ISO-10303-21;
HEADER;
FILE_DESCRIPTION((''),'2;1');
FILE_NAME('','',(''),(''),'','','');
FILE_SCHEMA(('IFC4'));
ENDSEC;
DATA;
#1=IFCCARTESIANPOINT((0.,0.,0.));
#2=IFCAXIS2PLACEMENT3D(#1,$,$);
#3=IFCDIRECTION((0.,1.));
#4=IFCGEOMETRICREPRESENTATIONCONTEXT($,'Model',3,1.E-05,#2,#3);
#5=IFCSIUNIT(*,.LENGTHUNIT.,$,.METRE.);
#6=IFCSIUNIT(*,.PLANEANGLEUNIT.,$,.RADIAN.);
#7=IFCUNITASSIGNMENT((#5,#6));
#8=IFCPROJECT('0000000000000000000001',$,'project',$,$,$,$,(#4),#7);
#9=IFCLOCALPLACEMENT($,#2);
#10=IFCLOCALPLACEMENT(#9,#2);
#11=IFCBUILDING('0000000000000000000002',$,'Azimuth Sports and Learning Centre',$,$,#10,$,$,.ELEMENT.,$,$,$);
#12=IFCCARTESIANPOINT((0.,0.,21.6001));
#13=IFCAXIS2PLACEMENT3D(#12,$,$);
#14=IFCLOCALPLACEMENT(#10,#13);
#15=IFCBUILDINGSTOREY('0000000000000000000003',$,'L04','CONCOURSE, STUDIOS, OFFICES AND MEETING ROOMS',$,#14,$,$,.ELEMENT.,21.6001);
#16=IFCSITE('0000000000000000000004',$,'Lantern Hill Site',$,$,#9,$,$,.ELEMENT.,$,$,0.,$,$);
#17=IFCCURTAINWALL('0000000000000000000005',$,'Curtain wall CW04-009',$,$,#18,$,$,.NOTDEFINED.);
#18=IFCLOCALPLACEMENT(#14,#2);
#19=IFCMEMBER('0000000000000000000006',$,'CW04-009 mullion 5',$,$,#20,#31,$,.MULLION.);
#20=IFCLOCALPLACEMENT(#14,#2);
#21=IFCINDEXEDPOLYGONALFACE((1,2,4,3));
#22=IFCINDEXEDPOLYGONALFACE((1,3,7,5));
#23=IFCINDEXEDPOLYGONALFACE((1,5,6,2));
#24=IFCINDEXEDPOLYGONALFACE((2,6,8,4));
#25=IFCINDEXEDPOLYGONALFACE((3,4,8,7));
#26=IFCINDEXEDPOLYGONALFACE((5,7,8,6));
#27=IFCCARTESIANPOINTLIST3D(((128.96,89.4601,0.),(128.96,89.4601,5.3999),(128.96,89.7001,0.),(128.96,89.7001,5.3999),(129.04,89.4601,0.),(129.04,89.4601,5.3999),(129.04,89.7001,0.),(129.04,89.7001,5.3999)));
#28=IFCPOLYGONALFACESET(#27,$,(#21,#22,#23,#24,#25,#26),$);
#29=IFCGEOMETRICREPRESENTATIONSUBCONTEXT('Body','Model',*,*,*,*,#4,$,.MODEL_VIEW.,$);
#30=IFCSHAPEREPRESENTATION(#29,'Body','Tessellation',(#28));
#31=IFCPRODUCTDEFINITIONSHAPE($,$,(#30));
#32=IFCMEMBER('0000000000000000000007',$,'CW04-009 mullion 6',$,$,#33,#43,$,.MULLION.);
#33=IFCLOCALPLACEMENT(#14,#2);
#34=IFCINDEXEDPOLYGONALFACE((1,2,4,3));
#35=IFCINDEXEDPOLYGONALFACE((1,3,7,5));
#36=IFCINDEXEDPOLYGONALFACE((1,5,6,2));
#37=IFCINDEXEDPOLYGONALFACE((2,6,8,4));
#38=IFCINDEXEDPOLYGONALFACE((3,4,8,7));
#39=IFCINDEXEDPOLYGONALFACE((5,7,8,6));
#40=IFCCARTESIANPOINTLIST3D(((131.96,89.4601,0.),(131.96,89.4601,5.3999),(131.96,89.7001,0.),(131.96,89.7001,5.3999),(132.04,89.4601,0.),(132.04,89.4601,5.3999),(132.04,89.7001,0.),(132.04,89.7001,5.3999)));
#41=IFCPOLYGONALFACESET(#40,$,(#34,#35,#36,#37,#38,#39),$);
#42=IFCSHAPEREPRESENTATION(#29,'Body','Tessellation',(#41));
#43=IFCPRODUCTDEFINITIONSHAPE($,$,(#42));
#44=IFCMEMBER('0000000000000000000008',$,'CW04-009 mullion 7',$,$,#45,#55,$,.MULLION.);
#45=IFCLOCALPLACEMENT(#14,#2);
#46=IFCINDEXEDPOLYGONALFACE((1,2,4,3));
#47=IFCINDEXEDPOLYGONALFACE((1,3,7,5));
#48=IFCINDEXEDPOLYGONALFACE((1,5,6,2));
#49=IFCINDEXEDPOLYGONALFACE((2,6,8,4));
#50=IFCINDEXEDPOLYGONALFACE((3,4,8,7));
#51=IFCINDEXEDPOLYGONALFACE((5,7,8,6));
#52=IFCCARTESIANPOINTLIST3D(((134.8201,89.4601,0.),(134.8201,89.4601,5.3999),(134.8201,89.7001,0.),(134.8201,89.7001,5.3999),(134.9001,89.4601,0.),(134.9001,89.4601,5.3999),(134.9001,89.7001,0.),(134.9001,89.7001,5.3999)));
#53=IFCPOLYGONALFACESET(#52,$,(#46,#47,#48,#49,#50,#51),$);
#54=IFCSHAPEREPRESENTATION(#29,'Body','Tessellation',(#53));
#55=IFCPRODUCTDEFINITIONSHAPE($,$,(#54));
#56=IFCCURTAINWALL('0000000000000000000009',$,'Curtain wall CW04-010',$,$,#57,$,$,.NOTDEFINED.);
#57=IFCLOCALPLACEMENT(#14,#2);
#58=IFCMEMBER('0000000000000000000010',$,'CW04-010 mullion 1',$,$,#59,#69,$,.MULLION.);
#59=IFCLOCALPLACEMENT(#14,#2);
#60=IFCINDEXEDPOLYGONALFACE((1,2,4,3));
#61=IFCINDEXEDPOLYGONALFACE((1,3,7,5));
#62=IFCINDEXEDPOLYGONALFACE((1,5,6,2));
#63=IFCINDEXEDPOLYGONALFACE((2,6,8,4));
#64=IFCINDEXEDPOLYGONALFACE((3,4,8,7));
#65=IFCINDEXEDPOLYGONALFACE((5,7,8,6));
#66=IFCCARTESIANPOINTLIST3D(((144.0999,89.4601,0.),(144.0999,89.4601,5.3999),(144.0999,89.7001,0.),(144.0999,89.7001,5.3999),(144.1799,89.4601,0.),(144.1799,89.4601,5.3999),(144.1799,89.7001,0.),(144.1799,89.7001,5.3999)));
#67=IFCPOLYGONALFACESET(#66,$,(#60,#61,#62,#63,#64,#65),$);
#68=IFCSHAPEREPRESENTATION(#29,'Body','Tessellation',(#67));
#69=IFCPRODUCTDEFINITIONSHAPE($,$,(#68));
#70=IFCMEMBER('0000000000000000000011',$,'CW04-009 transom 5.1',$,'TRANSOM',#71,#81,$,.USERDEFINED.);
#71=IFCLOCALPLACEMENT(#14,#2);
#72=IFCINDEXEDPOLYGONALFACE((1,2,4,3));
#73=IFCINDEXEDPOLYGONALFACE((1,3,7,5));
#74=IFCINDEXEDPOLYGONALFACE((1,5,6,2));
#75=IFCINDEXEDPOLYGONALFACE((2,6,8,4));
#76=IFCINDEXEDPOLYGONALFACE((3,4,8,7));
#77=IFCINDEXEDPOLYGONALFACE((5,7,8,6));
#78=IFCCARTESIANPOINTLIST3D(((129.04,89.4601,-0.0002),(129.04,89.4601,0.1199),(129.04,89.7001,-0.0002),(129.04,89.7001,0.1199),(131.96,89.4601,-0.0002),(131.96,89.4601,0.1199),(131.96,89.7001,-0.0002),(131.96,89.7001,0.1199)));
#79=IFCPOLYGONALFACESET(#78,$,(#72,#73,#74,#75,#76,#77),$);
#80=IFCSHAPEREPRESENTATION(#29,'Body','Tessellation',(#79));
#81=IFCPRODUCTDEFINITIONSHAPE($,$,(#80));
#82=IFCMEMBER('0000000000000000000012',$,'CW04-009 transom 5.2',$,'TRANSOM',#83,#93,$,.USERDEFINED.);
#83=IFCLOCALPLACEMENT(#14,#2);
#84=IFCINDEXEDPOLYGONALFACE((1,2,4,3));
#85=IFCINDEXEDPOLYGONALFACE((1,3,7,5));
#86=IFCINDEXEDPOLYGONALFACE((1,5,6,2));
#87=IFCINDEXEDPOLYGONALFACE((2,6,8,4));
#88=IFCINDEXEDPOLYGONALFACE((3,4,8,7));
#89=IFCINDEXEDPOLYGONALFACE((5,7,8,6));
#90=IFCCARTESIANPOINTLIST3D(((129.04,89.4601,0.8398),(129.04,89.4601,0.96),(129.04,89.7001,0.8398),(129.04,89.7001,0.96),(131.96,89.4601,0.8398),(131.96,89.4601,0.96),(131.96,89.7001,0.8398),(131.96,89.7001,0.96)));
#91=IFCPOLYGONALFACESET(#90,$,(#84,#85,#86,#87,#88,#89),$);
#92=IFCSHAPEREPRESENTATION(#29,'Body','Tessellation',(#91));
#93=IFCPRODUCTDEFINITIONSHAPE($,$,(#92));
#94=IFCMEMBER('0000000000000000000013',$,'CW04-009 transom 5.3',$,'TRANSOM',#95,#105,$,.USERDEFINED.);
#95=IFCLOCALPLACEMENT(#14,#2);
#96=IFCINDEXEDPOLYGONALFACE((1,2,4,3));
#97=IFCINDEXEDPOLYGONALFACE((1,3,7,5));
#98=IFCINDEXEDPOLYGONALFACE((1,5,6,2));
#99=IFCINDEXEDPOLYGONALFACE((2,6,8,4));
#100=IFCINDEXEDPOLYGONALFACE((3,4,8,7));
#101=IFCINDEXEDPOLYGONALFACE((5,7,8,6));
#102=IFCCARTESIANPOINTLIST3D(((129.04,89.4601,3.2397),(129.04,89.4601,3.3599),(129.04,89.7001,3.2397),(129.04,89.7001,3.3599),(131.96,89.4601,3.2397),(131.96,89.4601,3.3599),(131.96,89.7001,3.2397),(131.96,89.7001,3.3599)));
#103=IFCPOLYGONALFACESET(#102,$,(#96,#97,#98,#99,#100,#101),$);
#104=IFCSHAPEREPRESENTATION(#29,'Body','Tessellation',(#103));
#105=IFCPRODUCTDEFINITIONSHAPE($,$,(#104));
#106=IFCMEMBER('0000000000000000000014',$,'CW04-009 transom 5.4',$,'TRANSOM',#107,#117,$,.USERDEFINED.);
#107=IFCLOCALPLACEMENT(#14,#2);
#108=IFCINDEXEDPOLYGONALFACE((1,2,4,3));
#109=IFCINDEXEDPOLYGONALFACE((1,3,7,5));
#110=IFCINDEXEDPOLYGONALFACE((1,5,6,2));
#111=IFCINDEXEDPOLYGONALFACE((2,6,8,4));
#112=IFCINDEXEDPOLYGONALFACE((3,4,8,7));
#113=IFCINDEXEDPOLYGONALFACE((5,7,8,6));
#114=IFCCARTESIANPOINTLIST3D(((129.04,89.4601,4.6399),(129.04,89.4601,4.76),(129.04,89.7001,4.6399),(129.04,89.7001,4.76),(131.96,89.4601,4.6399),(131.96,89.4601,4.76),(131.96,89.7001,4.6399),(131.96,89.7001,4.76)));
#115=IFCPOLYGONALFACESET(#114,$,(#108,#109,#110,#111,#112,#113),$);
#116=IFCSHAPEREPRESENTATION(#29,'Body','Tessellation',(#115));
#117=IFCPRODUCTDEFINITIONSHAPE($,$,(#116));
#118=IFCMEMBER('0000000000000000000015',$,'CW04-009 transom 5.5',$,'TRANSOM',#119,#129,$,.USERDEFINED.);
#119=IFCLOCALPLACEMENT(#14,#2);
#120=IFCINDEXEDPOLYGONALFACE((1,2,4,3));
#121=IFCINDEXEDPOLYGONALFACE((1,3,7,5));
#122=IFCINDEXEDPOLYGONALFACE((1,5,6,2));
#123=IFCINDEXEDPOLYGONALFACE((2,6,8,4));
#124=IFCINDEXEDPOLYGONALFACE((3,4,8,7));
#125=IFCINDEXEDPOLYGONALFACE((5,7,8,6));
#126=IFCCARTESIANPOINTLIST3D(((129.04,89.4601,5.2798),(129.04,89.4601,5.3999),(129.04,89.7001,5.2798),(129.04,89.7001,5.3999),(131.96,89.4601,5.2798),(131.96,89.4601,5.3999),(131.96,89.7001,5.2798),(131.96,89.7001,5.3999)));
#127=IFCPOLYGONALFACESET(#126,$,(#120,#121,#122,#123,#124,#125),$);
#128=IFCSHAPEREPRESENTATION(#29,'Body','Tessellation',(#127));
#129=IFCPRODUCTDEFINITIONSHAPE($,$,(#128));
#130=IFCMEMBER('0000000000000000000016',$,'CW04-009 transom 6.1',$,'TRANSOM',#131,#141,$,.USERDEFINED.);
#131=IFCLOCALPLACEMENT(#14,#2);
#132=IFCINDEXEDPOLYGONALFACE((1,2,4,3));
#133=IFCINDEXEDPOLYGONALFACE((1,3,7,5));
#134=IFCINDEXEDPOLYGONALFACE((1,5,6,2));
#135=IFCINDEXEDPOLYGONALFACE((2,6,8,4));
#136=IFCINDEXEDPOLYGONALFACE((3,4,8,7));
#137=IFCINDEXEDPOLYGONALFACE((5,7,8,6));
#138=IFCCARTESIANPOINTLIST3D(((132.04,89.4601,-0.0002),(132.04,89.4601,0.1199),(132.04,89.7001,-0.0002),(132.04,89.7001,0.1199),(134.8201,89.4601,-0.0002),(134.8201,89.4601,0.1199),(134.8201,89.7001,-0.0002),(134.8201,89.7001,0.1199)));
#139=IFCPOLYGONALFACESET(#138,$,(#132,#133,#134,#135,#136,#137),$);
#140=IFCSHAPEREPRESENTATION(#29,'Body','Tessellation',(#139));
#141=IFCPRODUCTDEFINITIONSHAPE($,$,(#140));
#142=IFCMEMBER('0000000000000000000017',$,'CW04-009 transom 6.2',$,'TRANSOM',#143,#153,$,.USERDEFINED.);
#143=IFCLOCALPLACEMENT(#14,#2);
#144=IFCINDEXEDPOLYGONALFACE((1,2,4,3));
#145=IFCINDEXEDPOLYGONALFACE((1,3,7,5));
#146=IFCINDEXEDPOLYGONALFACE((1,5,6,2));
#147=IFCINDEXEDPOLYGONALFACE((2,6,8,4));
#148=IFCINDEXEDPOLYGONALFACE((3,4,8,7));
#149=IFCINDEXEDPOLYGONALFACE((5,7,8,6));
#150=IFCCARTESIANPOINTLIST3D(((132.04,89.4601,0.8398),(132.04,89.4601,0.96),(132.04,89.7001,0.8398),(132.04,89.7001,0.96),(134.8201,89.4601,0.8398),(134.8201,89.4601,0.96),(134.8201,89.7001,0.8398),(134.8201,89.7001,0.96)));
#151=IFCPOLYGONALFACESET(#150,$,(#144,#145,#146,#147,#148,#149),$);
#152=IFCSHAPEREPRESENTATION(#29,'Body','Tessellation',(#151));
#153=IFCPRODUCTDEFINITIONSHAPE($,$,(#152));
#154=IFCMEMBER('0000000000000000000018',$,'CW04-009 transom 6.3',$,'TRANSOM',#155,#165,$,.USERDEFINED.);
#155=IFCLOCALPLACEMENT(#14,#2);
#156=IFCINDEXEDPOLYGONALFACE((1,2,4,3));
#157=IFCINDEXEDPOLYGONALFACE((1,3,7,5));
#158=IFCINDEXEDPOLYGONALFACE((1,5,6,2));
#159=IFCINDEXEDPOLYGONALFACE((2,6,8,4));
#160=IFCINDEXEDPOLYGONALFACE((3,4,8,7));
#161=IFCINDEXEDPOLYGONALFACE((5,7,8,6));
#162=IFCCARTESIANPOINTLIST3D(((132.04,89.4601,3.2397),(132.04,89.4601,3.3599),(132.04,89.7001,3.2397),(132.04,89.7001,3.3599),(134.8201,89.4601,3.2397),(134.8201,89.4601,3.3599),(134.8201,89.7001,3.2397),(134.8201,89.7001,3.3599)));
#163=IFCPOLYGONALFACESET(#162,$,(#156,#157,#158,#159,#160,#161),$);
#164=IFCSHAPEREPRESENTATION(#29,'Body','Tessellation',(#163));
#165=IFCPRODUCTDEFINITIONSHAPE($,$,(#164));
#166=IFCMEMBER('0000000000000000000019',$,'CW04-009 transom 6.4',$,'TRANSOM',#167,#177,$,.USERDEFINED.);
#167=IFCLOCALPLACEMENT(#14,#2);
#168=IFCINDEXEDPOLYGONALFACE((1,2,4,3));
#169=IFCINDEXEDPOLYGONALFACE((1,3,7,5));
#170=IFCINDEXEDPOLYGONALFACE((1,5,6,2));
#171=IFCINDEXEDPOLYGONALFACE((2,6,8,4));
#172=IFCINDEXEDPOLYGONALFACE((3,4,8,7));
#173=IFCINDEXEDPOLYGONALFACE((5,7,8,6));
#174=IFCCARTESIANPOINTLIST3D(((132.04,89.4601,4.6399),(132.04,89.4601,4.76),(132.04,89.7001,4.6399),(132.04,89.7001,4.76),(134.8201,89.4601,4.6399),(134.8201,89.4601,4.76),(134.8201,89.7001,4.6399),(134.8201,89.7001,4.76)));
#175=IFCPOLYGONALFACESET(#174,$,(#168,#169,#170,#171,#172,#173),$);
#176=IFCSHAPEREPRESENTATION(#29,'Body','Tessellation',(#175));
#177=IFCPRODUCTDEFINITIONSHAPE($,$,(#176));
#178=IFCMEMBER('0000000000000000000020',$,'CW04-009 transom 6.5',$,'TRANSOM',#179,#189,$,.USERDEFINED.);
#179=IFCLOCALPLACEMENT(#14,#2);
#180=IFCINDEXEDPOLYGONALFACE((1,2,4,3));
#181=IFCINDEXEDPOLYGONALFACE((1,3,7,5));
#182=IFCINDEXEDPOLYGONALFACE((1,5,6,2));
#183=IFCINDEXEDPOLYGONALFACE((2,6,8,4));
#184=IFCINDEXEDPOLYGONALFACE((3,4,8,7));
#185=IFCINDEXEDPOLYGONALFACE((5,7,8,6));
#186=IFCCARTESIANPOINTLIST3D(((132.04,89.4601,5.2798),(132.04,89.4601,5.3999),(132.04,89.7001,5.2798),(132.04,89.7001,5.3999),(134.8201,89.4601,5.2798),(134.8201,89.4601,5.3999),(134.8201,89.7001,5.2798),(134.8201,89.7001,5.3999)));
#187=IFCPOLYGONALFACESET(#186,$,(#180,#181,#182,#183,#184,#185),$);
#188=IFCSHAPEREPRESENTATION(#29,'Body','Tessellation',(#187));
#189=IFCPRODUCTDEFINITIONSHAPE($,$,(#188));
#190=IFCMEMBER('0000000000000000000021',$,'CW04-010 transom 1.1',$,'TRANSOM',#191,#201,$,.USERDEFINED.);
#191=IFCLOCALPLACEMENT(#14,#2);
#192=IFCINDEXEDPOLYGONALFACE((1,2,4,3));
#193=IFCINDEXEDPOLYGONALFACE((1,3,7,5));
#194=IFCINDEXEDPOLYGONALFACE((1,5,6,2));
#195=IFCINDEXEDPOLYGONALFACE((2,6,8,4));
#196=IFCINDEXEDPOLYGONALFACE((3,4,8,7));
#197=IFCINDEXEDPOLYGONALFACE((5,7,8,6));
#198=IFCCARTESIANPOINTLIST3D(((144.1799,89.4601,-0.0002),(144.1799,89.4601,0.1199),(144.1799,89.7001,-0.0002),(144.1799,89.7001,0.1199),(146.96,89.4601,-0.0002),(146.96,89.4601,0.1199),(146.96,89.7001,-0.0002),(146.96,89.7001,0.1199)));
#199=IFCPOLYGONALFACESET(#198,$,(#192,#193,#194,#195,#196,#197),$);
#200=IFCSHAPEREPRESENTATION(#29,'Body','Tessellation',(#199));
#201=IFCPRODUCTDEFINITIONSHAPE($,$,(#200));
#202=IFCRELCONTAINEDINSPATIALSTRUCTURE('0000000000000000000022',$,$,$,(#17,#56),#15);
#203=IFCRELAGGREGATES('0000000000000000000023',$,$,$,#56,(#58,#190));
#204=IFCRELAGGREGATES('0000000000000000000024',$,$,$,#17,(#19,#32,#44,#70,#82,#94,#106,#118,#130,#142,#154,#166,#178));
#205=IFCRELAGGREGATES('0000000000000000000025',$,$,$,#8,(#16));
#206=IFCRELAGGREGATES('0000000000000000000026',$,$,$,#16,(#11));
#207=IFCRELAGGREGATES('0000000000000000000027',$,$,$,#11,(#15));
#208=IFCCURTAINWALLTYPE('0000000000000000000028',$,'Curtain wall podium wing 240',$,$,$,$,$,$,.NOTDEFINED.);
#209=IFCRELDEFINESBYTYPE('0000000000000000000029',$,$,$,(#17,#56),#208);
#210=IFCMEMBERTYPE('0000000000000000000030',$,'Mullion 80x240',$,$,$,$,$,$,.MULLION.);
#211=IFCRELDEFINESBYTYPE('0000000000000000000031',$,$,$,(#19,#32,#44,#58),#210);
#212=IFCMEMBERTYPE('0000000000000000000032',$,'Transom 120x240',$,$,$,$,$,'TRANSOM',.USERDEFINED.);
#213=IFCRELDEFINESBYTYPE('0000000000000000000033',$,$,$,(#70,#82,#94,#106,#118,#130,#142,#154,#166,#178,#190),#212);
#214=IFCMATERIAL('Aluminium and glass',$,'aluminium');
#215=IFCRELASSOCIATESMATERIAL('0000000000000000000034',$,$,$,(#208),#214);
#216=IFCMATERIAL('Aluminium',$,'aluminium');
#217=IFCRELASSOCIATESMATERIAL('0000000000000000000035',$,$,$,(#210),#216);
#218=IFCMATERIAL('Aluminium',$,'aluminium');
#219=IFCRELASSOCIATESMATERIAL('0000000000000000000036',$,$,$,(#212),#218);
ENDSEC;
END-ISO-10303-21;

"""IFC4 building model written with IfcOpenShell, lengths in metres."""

from ifc_helpers import new_model, si_unit, direction, frame, origin, origin_2d, place, context, subcontext, project, spatial, rectangle, extrude, material, material_profile, profile_set, type_object, element, aggregate, save


model = new_model("IFC4")

# Units and contexts
model_context = context("Model", 3, precision=1e-05, world=origin(), true_north=direction((0.0, 1.0)))
body_context = subcontext(model_context, "Body", "Model", "MODEL_VIEW")
ifc_project = project(units=[si_unit("LENGTHUNIT", "METRE"), si_unit("PLANEANGLEUNIT", "RADIAN")], contexts=[model_context])

# Site, building, storey
site_placement = place(None, origin())
site = spatial("IfcSite", under=ifc_project, at=site_placement, Name="Lantern Hill Site", CompositionType="ELEMENT", RefElevation=0.0)
building_placement = place(site_placement, origin())
building = spatial("IfcBuilding", under=site, at=building_placement, Name="Azimuth Sports and Learning Centre", CompositionType="ELEMENT")
storey_placement = place(building_placement, frame((0.0, 0.0, 21.6001)))
storey = spatial("IfcBuildingStorey", under=building, at=storey_placement, Name="L04", Description="CONCOURSE, STUDIOS, OFFICES AND MEETING ROOMS", CompositionType="ELEMENT", Elevation=21.6001)

# Curtain wall, members
ifc_material_1 = material(Name="Aluminium and glass", Category="aluminium")
curtain_wall_type = type_object("IfcCurtainWallType", Name="Curtain wall podium wing 240", PredefinedType="NOTDEFINED", material=ifc_material_1)
curtain_wall_1_placement = place(storey_placement, origin())
curtain_wall_1 = element("IfcCurtainWall", 1, at=curtain_wall_1_placement, inside=storey, type_object=curtain_wall_type, Name="Curtain wall CW04-009", PredefinedType="NOTDEFINED")
ifc_material_2 = material(Name="Aluminium", Category="aluminium")
ifc_material_profile_1 = material_profile(ifc_material_2, rectangle(XDim=0.24, YDim=0.0801, at=origin_2d()), Name="Mullion 80x240")
ifc_profile_set_1 = profile_set([ifc_material_profile_1], Name="Aluminium")
member_type_1 = type_object("IfcMemberType", Name="Mullion 80x240", PredefinedType="MULLION", material=ifc_profile_set_1)
member_1_placement = place(storey_placement, frame((129.0, 89.5801, 0.0), z_axis=(0.0, 0.0, 1.0), x_axis=(0.0, 1.0, 0.0)))
member_1 = element("IfcMember", 2, at=member_1_placement, type_object=member_type_1, Name="CW04-009 mullion 5", PredefinedType="MULLION", context=body_context, shape_type="SweptSolid", body=[
    extrude(rectangle(XDim=0.24, YDim=0.0801, at=origin_2d()), origin(), (0.0, 0.0, 1.0), 5.3999),
])
member_2_placement = place(storey_placement, frame((132.0, 89.5801, 0.0), z_axis=(0.0, 0.0, 1.0), x_axis=(0.0, 1.0, 0.0)))
member_2 = element("IfcMember", 3, at=member_2_placement, type_object=member_type_1, Name="CW04-009 mullion 6", PredefinedType="MULLION", context=body_context, shape_type="SweptSolid", body=[
    extrude(rectangle(XDim=0.24, YDim=0.0801, at=origin_2d()), origin(), (0.0, 0.0, 1.0), 5.3999),
])
member_3_placement = place(storey_placement, frame((134.8601, 89.5801, 0.0), z_axis=(0.0, 0.0, 1.0), x_axis=(0.0, 1.0, 0.0)))
member_3 = element("IfcMember", 4, at=member_3_placement, type_object=member_type_1, Name="CW04-009 mullion 7", PredefinedType="MULLION", context=body_context, shape_type="SweptSolid", body=[
    extrude(rectangle(XDim=0.24, YDim=0.0801, at=origin_2d()), origin(), (0.0, 0.0, 1.0), 5.3999),
])

# Curtain wall, member
curtain_wall_2_placement = place(storey_placement, origin())
curtain_wall_2 = element("IfcCurtainWall", 5, at=curtain_wall_2_placement, inside=storey, type_object=curtain_wall_type, Name="Curtain wall CW04-010", PredefinedType="NOTDEFINED")
member_4_placement = place(storey_placement, frame((144.1399, 89.5801, 0.0), z_axis=(0.0, 0.0, 1.0), x_axis=(0.0, 1.0, 0.0)))
member_4 = element("IfcMember", 6, at=member_4_placement, type_object=member_type_1, Name="CW04-010 mullion 1", PredefinedType="MULLION", context=body_context, shape_type="SweptSolid", body=[
    extrude(rectangle(XDim=0.24, YDim=0.0801, at=origin_2d()), origin(), (0.0, 0.0, 1.0), 5.3999),
])

# Members
ifc_material_3 = material(Name="Aluminium", Category="aluminium")
ifc_material_profile_2 = material_profile(ifc_material_3, rectangle(XDim=0.24, YDim=0.1201, at=origin_2d()), Name="Transom 120x240")
ifc_profile_set_2 = profile_set([ifc_material_profile_2], Name="Aluminium")
member_type_2 = type_object("IfcMemberType", Name="Transom 120x240", ElementType="TRANSOM", PredefinedType="USERDEFINED", material=ifc_profile_set_2)
member_5_placement = place(storey_placement, frame((129.04, 89.5801, 0.0598), z_axis=(1.0, 0.0, 0.0), x_axis=(0.0, 1.0, 0.0)))
member_5 = element("IfcMember", 7, at=member_5_placement, type_object=member_type_2, Name="CW04-009 transom 5.1", ObjectType="TRANSOM", PredefinedType="USERDEFINED", context=body_context, shape_type="SweptSolid", body=[
    extrude(rectangle(XDim=0.24, YDim=0.1201, at=origin_2d()), origin(), (0.0, 0.0, 1.0), 2.9199),
])
member_6_placement = place(storey_placement, frame((129.04, 89.5801, 0.8999), z_axis=(1.0, 0.0, 0.0), x_axis=(0.0, 1.0, 0.0)))
member_6 = element("IfcMember", 8, at=member_6_placement, type_object=member_type_2, Name="CW04-009 transom 5.2", ObjectType="TRANSOM", PredefinedType="USERDEFINED", context=body_context, shape_type="SweptSolid", body=[
    extrude(rectangle(XDim=0.24, YDim=0.1201, at=origin_2d()), origin(), (0.0, 0.0, 1.0), 2.9199),
])
member_7_placement = place(storey_placement, frame((129.04, 89.5801, 3.2998), z_axis=(1.0, 0.0, 0.0), x_axis=(0.0, 1.0, 0.0)))
member_7 = element("IfcMember", 9, at=member_7_placement, type_object=member_type_2, Name="CW04-009 transom 5.3", ObjectType="TRANSOM", PredefinedType="USERDEFINED", context=body_context, shape_type="SweptSolid", body=[
    extrude(rectangle(XDim=0.24, YDim=0.1201, at=origin_2d()), origin(), (0.0, 0.0, 1.0), 2.9199),
])
member_8_placement = place(storey_placement, frame((129.04, 89.5801, 4.7), z_axis=(1.0, 0.0, 0.0), x_axis=(0.0, 1.0, 0.0)))
member_8 = element("IfcMember", 10, at=member_8_placement, type_object=member_type_2, Name="CW04-009 transom 5.4", ObjectType="TRANSOM", PredefinedType="USERDEFINED", context=body_context, shape_type="SweptSolid", body=[
    extrude(rectangle(XDim=0.24, YDim=0.1201, at=origin_2d()), origin(), (0.0, 0.0, 1.0), 2.9199),
])
member_9_placement = place(storey_placement, frame((129.04, 89.5801, 5.3398), z_axis=(1.0, 0.0, 0.0), x_axis=(0.0, 1.0, 0.0)))
member_9 = element("IfcMember", 11, at=member_9_placement, type_object=member_type_2, Name="CW04-009 transom 5.5", ObjectType="TRANSOM", PredefinedType="USERDEFINED", context=body_context, shape_type="SweptSolid", body=[
    extrude(rectangle(XDim=0.24, YDim=0.1201, at=origin_2d()), origin(), (0.0, 0.0, 1.0), 2.9199),
])
member_10_placement = place(storey_placement, frame((132.04, 89.5801, 0.0598), z_axis=(1.0, 0.0, 0.0), x_axis=(0.0, 1.0, 0.0)))
member_10 = element("IfcMember", 12, at=member_10_placement, type_object=member_type_2, Name="CW04-009 transom 6.1", ObjectType="TRANSOM", PredefinedType="USERDEFINED", context=body_context, shape_type="SweptSolid", body=[
    extrude(rectangle(XDim=0.24, YDim=0.1201, at=origin_2d()), origin(), (0.0, 0.0, 1.0), 2.78),
])
member_11_placement = place(storey_placement, frame((132.04, 89.5801, 0.8999), z_axis=(1.0, 0.0, 0.0), x_axis=(0.0, 1.0, 0.0)))
member_11 = element("IfcMember", 13, at=member_11_placement, type_object=member_type_2, Name="CW04-009 transom 6.2", ObjectType="TRANSOM", PredefinedType="USERDEFINED", context=body_context, shape_type="SweptSolid", body=[
    extrude(rectangle(XDim=0.24, YDim=0.1201, at=origin_2d()), origin(), (0.0, 0.0, 1.0), 2.78),
])
member_12_placement = place(storey_placement, frame((132.04, 89.5801, 3.2998), z_axis=(1.0, 0.0, 0.0), x_axis=(0.0, 1.0, 0.0)))
member_12 = element("IfcMember", 14, at=member_12_placement, type_object=member_type_2, Name="CW04-009 transom 6.3", ObjectType="TRANSOM", PredefinedType="USERDEFINED", context=body_context, shape_type="SweptSolid", body=[
    extrude(rectangle(XDim=0.24, YDim=0.1201, at=origin_2d()), origin(), (0.0, 0.0, 1.0), 2.78),
])
member_13_placement = place(storey_placement, frame((132.04, 89.5801, 4.7), z_axis=(1.0, 0.0, 0.0), x_axis=(0.0, 1.0, 0.0)))
member_13 = element("IfcMember", 15, at=member_13_placement, type_object=member_type_2, Name="CW04-009 transom 6.4", ObjectType="TRANSOM", PredefinedType="USERDEFINED", context=body_context, shape_type="SweptSolid", body=[
    extrude(rectangle(XDim=0.24, YDim=0.1201, at=origin_2d()), origin(), (0.0, 0.0, 1.0), 2.78),
])
member_14_placement = place(storey_placement, frame((132.04, 89.5801, 5.3398), z_axis=(1.0, 0.0, 0.0), x_axis=(0.0, 1.0, 0.0)))
member_14 = element("IfcMember", 16, at=member_14_placement, type_object=member_type_2, Name="CW04-009 transom 6.5", ObjectType="TRANSOM", PredefinedType="USERDEFINED", context=body_context, shape_type="SweptSolid", body=[
    extrude(rectangle(XDim=0.24, YDim=0.1201, at=origin_2d()), origin(), (0.0, 0.0, 1.0), 2.78),
])
member_15_placement = place(storey_placement, frame((144.1799, 89.5801, 0.0598), z_axis=(1.0, 0.0, 0.0), x_axis=(0.0, 1.0, 0.0)))
member_15 = element("IfcMember", 17, at=member_15_placement, type_object=member_type_2, Name="CW04-010 transom 1.1", ObjectType="TRANSOM", PredefinedType="USERDEFINED", context=body_context, shape_type="SweptSolid", body=[
    extrude(rectangle(XDim=0.24, YDim=0.1201, at=origin_2d()), origin(), (0.0, 0.0, 1.0), 2.78),
])
aggregate(curtain_wall_2, [member_4, member_15])

aggregate(curtain_wall_1, [member_1, member_2, member_3, member_5, member_6, member_7, member_8, member_9, member_10, member_11, member_12, member_13, member_14])

save(model, "model.ifc")
